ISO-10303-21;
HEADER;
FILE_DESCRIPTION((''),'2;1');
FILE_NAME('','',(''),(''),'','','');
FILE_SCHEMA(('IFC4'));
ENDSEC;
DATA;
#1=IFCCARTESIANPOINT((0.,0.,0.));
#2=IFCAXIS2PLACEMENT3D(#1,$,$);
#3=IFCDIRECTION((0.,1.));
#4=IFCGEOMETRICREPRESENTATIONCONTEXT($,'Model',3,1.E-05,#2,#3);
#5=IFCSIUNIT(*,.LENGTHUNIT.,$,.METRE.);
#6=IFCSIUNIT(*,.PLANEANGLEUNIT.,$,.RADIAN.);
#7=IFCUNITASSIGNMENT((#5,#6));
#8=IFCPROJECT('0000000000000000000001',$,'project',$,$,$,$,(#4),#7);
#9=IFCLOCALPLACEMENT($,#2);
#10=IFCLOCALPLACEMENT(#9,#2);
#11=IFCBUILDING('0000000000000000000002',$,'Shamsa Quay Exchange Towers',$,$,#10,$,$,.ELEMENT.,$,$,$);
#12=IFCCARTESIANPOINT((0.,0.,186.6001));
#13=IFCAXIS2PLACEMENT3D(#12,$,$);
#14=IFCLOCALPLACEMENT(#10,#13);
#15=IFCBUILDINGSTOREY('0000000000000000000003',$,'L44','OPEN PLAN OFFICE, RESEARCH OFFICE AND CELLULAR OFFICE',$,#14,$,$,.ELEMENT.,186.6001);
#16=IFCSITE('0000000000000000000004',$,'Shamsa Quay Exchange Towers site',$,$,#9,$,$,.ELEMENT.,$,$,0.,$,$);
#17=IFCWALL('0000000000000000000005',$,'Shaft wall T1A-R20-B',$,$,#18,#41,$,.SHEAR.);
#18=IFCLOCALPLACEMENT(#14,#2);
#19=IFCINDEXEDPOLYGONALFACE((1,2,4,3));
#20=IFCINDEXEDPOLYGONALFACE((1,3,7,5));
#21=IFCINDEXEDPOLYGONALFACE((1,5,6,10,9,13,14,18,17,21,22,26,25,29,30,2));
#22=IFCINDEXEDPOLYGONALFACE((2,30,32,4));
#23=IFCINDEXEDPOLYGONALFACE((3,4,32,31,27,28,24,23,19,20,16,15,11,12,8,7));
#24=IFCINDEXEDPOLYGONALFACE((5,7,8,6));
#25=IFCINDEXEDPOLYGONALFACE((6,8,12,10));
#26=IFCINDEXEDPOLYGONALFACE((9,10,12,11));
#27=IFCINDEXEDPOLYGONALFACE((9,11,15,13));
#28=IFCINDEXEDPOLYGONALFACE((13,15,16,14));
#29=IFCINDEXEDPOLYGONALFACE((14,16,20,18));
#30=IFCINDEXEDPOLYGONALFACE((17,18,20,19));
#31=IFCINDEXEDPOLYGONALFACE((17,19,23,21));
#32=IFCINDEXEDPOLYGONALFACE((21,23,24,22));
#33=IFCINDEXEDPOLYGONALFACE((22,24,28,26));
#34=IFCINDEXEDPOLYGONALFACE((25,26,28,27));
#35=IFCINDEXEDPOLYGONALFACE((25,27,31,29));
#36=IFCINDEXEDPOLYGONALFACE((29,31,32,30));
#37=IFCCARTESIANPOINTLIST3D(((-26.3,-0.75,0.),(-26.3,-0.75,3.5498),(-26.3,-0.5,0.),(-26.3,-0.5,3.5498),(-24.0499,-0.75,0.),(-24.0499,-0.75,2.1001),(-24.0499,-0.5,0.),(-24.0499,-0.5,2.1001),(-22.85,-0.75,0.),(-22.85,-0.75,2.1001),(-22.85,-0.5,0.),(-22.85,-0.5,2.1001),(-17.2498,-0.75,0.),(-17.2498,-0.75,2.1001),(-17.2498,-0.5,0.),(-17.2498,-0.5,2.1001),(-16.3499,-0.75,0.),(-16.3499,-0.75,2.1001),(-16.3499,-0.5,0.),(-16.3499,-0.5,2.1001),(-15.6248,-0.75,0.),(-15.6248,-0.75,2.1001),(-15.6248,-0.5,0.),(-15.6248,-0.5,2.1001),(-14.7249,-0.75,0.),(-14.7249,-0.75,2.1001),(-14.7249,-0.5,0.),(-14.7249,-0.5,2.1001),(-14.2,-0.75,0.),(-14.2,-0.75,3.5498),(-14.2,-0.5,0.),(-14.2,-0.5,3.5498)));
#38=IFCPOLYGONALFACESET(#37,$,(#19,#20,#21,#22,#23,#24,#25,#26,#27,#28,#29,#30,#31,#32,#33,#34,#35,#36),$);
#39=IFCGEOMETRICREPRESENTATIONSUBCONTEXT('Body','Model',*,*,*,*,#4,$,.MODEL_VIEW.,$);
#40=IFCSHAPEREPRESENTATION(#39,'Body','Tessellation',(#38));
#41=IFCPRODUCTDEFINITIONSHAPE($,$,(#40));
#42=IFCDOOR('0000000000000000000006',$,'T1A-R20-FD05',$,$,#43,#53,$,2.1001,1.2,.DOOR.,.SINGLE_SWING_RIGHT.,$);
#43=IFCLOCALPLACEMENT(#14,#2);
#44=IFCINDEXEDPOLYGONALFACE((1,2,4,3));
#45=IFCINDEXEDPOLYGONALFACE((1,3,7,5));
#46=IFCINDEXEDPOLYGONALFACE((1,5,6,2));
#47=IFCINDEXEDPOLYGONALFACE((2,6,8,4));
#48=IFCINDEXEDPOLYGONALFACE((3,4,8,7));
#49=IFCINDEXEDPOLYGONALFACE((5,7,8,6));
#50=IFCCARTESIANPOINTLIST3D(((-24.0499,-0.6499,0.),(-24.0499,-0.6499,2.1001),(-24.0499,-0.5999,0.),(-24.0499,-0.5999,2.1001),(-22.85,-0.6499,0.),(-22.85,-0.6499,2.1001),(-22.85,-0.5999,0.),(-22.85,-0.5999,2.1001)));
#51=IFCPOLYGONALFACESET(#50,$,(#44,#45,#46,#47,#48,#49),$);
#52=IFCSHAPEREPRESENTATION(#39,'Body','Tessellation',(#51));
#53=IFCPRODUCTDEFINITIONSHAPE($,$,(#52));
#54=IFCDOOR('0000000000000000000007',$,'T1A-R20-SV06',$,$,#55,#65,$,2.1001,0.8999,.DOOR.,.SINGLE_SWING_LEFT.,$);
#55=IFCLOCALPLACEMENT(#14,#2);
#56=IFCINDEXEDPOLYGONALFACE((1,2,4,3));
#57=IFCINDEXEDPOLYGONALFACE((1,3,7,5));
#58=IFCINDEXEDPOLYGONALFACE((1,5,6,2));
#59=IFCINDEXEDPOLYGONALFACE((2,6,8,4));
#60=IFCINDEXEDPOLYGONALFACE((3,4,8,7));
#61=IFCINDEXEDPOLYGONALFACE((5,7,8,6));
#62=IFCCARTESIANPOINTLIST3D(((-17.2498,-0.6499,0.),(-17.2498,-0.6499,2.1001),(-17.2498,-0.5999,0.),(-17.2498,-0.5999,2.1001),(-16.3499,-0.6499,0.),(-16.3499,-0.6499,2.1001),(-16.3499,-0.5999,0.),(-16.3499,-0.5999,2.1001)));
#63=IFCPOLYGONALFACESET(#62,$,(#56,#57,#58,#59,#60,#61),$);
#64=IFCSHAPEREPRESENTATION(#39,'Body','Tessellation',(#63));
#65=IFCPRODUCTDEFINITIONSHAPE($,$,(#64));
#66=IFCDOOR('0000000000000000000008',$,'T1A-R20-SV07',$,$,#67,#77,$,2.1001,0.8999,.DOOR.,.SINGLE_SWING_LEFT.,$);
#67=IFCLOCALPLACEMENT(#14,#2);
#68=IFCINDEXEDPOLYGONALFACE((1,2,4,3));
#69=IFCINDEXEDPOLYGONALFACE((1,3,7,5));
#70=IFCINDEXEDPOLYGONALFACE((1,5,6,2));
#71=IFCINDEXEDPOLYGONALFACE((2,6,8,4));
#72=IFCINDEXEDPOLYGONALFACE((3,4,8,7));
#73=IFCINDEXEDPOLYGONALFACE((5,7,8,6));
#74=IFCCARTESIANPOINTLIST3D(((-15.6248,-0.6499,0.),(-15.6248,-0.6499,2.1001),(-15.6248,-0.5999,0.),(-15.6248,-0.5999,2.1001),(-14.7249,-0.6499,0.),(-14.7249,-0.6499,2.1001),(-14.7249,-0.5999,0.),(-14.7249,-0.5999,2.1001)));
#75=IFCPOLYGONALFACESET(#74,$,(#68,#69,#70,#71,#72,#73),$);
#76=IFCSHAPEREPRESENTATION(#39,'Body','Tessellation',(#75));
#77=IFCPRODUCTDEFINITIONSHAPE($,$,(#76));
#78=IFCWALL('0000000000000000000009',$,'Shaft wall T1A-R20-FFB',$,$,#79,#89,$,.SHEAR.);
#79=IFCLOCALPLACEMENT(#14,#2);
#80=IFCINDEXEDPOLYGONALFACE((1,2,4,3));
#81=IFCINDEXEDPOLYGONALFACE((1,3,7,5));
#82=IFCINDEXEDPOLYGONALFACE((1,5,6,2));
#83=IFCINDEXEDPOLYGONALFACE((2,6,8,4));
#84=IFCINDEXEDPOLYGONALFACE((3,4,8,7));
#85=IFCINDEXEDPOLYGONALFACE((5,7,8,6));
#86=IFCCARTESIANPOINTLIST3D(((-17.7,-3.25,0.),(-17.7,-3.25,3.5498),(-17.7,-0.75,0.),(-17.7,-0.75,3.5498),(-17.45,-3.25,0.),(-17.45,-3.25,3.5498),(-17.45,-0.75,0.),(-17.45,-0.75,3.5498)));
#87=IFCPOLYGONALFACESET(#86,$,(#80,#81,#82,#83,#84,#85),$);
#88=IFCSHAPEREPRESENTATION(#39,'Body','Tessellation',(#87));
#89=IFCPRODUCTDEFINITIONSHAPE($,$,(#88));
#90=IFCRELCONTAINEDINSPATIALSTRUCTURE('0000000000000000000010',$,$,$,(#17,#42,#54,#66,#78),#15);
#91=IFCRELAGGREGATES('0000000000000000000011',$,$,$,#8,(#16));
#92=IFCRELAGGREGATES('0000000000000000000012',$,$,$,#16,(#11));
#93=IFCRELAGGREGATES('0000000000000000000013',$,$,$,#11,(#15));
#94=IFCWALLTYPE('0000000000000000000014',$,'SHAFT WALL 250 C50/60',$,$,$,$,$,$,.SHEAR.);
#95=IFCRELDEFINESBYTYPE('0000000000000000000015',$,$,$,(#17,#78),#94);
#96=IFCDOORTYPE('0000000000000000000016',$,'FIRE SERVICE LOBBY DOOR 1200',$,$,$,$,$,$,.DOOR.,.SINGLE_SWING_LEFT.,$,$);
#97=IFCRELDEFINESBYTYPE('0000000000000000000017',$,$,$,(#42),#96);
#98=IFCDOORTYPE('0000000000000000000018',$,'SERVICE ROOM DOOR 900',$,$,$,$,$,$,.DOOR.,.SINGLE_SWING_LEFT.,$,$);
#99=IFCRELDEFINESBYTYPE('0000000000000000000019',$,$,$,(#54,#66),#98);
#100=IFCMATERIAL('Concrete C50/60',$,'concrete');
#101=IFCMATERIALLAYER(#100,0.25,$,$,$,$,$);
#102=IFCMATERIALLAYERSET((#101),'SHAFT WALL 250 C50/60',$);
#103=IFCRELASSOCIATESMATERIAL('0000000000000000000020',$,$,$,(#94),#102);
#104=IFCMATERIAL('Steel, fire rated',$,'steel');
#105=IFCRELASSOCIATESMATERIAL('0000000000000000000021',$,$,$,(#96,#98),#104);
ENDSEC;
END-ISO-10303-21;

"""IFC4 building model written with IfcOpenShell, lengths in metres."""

from ifc_helpers import new_model, si_unit, direction, frame, frame_2d, origin, place, context, subcontext, project, spatial, rectangle, extrude, material, layer, layer_set, type_object, element, fill, save


model = new_model("IFC4")

# Units and contexts
model_context = context("Model", 3, precision=1e-05, world=origin(), true_north=direction((0.0, 1.0)))
body_context = subcontext(model_context, "Body", "Model", "MODEL_VIEW")
ifc_project = project(units=[si_unit("LENGTHUNIT", "METRE"), si_unit("PLANEANGLEUNIT", "RADIAN")], contexts=[model_context])

# Site, building, storey
site_placement = place(None, origin())
site = spatial("IfcSite", under=ifc_project, at=site_placement, Name="Shamsa Quay Exchange Towers site", CompositionType="ELEMENT", RefElevation=0.0)
building_placement = place(site_placement, origin())
building = spatial("IfcBuilding", under=site, at=building_placement, Name="Shamsa Quay Exchange Towers", CompositionType="ELEMENT")
storey_placement = place(building_placement, frame((0.0, 0.0, 186.6001)))
storey = spatial("IfcBuildingStorey", under=building, at=storey_placement, Name="L44", Description="OPEN PLAN OFFICE, RESEARCH OFFICE AND CELLULAR OFFICE", CompositionType="ELEMENT", Elevation=186.6001)

# Shared definitions
ifc_material_1 = material(Name="Concrete C50/60", Category="concrete")
ifc_layer_1 = layer(ifc_material_1, 0.25)
ifc_layer_set_1 = layer_set([ifc_layer_1], Name="SHAFT WALL 250 C50/60")
wall_type_1 = type_object("IfcWallType", Name="SHAFT WALL 250 C50/60", PredefinedType="SHEAR", material=ifc_layer_set_1)
ifc_material_2 = material(Name="Steel, fire rated", Category="steel")

# Wall, openings, doors
wall_1_placement = place(storey_placement, frame((-14.2, -0.625, 0.0), z_axis=(0.0, 0.0, 1.0), x_axis=(-1.0, 0.0, 0.0)))
wall_1 = element("IfcWall", 1, at=wall_1_placement, inside=storey, type_object=wall_type_1, Name="Shaft wall T1A-R20-B", PredefinedType="SHEAR", context=body_context, shape_type="SweptSolid", body=[
    extrude(rectangle(XDim=12.1001, YDim=0.25, at=frame_2d((6.05, 0.0))), origin(), (0.0, 0.0, 1.0), 3.5498),
])
opening_1_placement = place(wall_1_placement, frame((8.6499, 0.0, 0.0)))
opening_1 = element("IfcOpeningElement", 2, at=opening_1_placement, cuts=wall_1, PredefinedType="OPENING", context=body_context, shape_type="SweptSolid", body=[
    extrude(rectangle(XDim=1.2, YDim=2.1001, at=frame_2d((0.6001, 1.05))), frame((0.0, 0.135, 0.0), z_axis=(0.0, -1.0, 0.0), x_axis=(1.0, 0.0, 0.0)), (0.0, 0.0, 1.0), 0.27),
])
opening_2_placement = place(wall_1_placement, frame((2.1499, 0.0, 0.0)))
opening_2 = element("IfcOpeningElement", 3, at=opening_2_placement, cuts=wall_1, PredefinedType="OPENING", context=body_context, shape_type="SweptSolid", body=[
    extrude(rectangle(XDim=0.8999, YDim=2.1001, at=frame_2d((0.45, 1.05))), frame((0.0, 0.135, 0.0), z_axis=(0.0, -1.0, 0.0), x_axis=(1.0, 0.0, 0.0)), (0.0, 0.0, 1.0), 0.27),
])
opening_3_placement = place(wall_1_placement, frame((0.5249, 0.0, 0.0)))
opening_3 = element("IfcOpeningElement", 4, at=opening_3_placement, cuts=wall_1, PredefinedType="OPENING", context=body_context, shape_type="SweptSolid", body=[
    extrude(rectangle(XDim=0.8999, YDim=2.1001, at=frame_2d((0.45, 1.05))), frame((0.0, 0.135, 0.0), z_axis=(0.0, -1.0, 0.0), x_axis=(1.0, 0.0, 0.0)), (0.0, 0.0, 1.0), 0.27),
])
door_type_1 = type_object("IfcDoorType", Name="FIRE SERVICE LOBBY DOOR 1200", OperationType="SINGLE_SWING_LEFT", PredefinedType="DOOR", material=ifc_material_2)
door_1_placement = place(opening_1_placement, origin())
door_1 = element("IfcDoor", 5, at=door_1_placement, inside=storey, type_object=door_type_1, Name="T1A-R20-FD05", OperationType="SINGLE_SWING_RIGHT", OverallHeight=2.1001, OverallWidth=1.2, PredefinedType="DOOR", context=body_context, shape_type="SweptSolid", body=[
    extrude(rectangle(XDim=1.2, YDim=2.1001, at=frame_2d((0.6001, 1.05))), frame((0.0, 0.0249, 0.0), z_axis=(0.0, -1.0, 0.0), x_axis=(1.0, 0.0, 0.0)), (0.0, 0.0, 1.0), 0.05),
])
fill(opening_1, door_1)
door_type_2 = type_object("IfcDoorType", Name="SERVICE ROOM DOOR 900", OperationType="SINGLE_SWING_LEFT", PredefinedType="DOOR", material=ifc_material_2)
door_2_placement = place(opening_2_placement, origin())
door_2 = element("IfcDoor", 6, at=door_2_placement, inside=storey, type_object=door_type_2, Name="T1A-R20-SV06", OperationType="SINGLE_SWING_LEFT", OverallHeight=2.1001, OverallWidth=0.8999, PredefinedType="DOOR", context=body_context, shape_type="SweptSolid", body=[
    extrude(rectangle(XDim=0.8999, YDim=2.1001, at=frame_2d((0.45, 1.05))), frame((0.0, 0.0249, 0.0), z_axis=(0.0, -1.0, 0.0), x_axis=(1.0, 0.0, 0.0)), (0.0, 0.0, 1.0), 0.05),
])
fill(opening_2, door_2)
door_3_placement = place(opening_3_placement, origin())
door_3 = element("IfcDoor", 7, at=door_3_placement, inside=storey, type_object=door_type_2, Name="T1A-R20-SV07", OperationType="SINGLE_SWING_LEFT", OverallHeight=2.1001, OverallWidth=0.8999, PredefinedType="DOOR", context=body_context, shape_type="SweptSolid", body=[
    extrude(rectangle(XDim=0.8999, YDim=2.1001, at=frame_2d((0.45, 1.05))), frame((0.0, 0.0249, 0.0), z_axis=(0.0, -1.0, 0.0), x_axis=(1.0, 0.0, 0.0)), (0.0, 0.0, 1.0), 0.05),
])
fill(opening_3, door_3)

# Wall
wall_2_placement = place(storey_placement, frame((-17.575, -3.25, 0.0), z_axis=(0.0, 0.0, 1.0), x_axis=(0.0, 1.0, 0.0)))
element("IfcWall", 8, at=wall_2_placement, inside=storey, type_object=wall_type_1, Name="Shaft wall T1A-R20-FFB", PredefinedType="SHEAR", context=body_context, shape_type="SweptSolid", body=[
    extrude(rectangle(XDim=2.5, YDim=0.25, at=frame_2d((1.25, 0.0))), origin(), (0.0, 0.0, 1.0), 3.5498),
])

save(model, "model.ifc")
